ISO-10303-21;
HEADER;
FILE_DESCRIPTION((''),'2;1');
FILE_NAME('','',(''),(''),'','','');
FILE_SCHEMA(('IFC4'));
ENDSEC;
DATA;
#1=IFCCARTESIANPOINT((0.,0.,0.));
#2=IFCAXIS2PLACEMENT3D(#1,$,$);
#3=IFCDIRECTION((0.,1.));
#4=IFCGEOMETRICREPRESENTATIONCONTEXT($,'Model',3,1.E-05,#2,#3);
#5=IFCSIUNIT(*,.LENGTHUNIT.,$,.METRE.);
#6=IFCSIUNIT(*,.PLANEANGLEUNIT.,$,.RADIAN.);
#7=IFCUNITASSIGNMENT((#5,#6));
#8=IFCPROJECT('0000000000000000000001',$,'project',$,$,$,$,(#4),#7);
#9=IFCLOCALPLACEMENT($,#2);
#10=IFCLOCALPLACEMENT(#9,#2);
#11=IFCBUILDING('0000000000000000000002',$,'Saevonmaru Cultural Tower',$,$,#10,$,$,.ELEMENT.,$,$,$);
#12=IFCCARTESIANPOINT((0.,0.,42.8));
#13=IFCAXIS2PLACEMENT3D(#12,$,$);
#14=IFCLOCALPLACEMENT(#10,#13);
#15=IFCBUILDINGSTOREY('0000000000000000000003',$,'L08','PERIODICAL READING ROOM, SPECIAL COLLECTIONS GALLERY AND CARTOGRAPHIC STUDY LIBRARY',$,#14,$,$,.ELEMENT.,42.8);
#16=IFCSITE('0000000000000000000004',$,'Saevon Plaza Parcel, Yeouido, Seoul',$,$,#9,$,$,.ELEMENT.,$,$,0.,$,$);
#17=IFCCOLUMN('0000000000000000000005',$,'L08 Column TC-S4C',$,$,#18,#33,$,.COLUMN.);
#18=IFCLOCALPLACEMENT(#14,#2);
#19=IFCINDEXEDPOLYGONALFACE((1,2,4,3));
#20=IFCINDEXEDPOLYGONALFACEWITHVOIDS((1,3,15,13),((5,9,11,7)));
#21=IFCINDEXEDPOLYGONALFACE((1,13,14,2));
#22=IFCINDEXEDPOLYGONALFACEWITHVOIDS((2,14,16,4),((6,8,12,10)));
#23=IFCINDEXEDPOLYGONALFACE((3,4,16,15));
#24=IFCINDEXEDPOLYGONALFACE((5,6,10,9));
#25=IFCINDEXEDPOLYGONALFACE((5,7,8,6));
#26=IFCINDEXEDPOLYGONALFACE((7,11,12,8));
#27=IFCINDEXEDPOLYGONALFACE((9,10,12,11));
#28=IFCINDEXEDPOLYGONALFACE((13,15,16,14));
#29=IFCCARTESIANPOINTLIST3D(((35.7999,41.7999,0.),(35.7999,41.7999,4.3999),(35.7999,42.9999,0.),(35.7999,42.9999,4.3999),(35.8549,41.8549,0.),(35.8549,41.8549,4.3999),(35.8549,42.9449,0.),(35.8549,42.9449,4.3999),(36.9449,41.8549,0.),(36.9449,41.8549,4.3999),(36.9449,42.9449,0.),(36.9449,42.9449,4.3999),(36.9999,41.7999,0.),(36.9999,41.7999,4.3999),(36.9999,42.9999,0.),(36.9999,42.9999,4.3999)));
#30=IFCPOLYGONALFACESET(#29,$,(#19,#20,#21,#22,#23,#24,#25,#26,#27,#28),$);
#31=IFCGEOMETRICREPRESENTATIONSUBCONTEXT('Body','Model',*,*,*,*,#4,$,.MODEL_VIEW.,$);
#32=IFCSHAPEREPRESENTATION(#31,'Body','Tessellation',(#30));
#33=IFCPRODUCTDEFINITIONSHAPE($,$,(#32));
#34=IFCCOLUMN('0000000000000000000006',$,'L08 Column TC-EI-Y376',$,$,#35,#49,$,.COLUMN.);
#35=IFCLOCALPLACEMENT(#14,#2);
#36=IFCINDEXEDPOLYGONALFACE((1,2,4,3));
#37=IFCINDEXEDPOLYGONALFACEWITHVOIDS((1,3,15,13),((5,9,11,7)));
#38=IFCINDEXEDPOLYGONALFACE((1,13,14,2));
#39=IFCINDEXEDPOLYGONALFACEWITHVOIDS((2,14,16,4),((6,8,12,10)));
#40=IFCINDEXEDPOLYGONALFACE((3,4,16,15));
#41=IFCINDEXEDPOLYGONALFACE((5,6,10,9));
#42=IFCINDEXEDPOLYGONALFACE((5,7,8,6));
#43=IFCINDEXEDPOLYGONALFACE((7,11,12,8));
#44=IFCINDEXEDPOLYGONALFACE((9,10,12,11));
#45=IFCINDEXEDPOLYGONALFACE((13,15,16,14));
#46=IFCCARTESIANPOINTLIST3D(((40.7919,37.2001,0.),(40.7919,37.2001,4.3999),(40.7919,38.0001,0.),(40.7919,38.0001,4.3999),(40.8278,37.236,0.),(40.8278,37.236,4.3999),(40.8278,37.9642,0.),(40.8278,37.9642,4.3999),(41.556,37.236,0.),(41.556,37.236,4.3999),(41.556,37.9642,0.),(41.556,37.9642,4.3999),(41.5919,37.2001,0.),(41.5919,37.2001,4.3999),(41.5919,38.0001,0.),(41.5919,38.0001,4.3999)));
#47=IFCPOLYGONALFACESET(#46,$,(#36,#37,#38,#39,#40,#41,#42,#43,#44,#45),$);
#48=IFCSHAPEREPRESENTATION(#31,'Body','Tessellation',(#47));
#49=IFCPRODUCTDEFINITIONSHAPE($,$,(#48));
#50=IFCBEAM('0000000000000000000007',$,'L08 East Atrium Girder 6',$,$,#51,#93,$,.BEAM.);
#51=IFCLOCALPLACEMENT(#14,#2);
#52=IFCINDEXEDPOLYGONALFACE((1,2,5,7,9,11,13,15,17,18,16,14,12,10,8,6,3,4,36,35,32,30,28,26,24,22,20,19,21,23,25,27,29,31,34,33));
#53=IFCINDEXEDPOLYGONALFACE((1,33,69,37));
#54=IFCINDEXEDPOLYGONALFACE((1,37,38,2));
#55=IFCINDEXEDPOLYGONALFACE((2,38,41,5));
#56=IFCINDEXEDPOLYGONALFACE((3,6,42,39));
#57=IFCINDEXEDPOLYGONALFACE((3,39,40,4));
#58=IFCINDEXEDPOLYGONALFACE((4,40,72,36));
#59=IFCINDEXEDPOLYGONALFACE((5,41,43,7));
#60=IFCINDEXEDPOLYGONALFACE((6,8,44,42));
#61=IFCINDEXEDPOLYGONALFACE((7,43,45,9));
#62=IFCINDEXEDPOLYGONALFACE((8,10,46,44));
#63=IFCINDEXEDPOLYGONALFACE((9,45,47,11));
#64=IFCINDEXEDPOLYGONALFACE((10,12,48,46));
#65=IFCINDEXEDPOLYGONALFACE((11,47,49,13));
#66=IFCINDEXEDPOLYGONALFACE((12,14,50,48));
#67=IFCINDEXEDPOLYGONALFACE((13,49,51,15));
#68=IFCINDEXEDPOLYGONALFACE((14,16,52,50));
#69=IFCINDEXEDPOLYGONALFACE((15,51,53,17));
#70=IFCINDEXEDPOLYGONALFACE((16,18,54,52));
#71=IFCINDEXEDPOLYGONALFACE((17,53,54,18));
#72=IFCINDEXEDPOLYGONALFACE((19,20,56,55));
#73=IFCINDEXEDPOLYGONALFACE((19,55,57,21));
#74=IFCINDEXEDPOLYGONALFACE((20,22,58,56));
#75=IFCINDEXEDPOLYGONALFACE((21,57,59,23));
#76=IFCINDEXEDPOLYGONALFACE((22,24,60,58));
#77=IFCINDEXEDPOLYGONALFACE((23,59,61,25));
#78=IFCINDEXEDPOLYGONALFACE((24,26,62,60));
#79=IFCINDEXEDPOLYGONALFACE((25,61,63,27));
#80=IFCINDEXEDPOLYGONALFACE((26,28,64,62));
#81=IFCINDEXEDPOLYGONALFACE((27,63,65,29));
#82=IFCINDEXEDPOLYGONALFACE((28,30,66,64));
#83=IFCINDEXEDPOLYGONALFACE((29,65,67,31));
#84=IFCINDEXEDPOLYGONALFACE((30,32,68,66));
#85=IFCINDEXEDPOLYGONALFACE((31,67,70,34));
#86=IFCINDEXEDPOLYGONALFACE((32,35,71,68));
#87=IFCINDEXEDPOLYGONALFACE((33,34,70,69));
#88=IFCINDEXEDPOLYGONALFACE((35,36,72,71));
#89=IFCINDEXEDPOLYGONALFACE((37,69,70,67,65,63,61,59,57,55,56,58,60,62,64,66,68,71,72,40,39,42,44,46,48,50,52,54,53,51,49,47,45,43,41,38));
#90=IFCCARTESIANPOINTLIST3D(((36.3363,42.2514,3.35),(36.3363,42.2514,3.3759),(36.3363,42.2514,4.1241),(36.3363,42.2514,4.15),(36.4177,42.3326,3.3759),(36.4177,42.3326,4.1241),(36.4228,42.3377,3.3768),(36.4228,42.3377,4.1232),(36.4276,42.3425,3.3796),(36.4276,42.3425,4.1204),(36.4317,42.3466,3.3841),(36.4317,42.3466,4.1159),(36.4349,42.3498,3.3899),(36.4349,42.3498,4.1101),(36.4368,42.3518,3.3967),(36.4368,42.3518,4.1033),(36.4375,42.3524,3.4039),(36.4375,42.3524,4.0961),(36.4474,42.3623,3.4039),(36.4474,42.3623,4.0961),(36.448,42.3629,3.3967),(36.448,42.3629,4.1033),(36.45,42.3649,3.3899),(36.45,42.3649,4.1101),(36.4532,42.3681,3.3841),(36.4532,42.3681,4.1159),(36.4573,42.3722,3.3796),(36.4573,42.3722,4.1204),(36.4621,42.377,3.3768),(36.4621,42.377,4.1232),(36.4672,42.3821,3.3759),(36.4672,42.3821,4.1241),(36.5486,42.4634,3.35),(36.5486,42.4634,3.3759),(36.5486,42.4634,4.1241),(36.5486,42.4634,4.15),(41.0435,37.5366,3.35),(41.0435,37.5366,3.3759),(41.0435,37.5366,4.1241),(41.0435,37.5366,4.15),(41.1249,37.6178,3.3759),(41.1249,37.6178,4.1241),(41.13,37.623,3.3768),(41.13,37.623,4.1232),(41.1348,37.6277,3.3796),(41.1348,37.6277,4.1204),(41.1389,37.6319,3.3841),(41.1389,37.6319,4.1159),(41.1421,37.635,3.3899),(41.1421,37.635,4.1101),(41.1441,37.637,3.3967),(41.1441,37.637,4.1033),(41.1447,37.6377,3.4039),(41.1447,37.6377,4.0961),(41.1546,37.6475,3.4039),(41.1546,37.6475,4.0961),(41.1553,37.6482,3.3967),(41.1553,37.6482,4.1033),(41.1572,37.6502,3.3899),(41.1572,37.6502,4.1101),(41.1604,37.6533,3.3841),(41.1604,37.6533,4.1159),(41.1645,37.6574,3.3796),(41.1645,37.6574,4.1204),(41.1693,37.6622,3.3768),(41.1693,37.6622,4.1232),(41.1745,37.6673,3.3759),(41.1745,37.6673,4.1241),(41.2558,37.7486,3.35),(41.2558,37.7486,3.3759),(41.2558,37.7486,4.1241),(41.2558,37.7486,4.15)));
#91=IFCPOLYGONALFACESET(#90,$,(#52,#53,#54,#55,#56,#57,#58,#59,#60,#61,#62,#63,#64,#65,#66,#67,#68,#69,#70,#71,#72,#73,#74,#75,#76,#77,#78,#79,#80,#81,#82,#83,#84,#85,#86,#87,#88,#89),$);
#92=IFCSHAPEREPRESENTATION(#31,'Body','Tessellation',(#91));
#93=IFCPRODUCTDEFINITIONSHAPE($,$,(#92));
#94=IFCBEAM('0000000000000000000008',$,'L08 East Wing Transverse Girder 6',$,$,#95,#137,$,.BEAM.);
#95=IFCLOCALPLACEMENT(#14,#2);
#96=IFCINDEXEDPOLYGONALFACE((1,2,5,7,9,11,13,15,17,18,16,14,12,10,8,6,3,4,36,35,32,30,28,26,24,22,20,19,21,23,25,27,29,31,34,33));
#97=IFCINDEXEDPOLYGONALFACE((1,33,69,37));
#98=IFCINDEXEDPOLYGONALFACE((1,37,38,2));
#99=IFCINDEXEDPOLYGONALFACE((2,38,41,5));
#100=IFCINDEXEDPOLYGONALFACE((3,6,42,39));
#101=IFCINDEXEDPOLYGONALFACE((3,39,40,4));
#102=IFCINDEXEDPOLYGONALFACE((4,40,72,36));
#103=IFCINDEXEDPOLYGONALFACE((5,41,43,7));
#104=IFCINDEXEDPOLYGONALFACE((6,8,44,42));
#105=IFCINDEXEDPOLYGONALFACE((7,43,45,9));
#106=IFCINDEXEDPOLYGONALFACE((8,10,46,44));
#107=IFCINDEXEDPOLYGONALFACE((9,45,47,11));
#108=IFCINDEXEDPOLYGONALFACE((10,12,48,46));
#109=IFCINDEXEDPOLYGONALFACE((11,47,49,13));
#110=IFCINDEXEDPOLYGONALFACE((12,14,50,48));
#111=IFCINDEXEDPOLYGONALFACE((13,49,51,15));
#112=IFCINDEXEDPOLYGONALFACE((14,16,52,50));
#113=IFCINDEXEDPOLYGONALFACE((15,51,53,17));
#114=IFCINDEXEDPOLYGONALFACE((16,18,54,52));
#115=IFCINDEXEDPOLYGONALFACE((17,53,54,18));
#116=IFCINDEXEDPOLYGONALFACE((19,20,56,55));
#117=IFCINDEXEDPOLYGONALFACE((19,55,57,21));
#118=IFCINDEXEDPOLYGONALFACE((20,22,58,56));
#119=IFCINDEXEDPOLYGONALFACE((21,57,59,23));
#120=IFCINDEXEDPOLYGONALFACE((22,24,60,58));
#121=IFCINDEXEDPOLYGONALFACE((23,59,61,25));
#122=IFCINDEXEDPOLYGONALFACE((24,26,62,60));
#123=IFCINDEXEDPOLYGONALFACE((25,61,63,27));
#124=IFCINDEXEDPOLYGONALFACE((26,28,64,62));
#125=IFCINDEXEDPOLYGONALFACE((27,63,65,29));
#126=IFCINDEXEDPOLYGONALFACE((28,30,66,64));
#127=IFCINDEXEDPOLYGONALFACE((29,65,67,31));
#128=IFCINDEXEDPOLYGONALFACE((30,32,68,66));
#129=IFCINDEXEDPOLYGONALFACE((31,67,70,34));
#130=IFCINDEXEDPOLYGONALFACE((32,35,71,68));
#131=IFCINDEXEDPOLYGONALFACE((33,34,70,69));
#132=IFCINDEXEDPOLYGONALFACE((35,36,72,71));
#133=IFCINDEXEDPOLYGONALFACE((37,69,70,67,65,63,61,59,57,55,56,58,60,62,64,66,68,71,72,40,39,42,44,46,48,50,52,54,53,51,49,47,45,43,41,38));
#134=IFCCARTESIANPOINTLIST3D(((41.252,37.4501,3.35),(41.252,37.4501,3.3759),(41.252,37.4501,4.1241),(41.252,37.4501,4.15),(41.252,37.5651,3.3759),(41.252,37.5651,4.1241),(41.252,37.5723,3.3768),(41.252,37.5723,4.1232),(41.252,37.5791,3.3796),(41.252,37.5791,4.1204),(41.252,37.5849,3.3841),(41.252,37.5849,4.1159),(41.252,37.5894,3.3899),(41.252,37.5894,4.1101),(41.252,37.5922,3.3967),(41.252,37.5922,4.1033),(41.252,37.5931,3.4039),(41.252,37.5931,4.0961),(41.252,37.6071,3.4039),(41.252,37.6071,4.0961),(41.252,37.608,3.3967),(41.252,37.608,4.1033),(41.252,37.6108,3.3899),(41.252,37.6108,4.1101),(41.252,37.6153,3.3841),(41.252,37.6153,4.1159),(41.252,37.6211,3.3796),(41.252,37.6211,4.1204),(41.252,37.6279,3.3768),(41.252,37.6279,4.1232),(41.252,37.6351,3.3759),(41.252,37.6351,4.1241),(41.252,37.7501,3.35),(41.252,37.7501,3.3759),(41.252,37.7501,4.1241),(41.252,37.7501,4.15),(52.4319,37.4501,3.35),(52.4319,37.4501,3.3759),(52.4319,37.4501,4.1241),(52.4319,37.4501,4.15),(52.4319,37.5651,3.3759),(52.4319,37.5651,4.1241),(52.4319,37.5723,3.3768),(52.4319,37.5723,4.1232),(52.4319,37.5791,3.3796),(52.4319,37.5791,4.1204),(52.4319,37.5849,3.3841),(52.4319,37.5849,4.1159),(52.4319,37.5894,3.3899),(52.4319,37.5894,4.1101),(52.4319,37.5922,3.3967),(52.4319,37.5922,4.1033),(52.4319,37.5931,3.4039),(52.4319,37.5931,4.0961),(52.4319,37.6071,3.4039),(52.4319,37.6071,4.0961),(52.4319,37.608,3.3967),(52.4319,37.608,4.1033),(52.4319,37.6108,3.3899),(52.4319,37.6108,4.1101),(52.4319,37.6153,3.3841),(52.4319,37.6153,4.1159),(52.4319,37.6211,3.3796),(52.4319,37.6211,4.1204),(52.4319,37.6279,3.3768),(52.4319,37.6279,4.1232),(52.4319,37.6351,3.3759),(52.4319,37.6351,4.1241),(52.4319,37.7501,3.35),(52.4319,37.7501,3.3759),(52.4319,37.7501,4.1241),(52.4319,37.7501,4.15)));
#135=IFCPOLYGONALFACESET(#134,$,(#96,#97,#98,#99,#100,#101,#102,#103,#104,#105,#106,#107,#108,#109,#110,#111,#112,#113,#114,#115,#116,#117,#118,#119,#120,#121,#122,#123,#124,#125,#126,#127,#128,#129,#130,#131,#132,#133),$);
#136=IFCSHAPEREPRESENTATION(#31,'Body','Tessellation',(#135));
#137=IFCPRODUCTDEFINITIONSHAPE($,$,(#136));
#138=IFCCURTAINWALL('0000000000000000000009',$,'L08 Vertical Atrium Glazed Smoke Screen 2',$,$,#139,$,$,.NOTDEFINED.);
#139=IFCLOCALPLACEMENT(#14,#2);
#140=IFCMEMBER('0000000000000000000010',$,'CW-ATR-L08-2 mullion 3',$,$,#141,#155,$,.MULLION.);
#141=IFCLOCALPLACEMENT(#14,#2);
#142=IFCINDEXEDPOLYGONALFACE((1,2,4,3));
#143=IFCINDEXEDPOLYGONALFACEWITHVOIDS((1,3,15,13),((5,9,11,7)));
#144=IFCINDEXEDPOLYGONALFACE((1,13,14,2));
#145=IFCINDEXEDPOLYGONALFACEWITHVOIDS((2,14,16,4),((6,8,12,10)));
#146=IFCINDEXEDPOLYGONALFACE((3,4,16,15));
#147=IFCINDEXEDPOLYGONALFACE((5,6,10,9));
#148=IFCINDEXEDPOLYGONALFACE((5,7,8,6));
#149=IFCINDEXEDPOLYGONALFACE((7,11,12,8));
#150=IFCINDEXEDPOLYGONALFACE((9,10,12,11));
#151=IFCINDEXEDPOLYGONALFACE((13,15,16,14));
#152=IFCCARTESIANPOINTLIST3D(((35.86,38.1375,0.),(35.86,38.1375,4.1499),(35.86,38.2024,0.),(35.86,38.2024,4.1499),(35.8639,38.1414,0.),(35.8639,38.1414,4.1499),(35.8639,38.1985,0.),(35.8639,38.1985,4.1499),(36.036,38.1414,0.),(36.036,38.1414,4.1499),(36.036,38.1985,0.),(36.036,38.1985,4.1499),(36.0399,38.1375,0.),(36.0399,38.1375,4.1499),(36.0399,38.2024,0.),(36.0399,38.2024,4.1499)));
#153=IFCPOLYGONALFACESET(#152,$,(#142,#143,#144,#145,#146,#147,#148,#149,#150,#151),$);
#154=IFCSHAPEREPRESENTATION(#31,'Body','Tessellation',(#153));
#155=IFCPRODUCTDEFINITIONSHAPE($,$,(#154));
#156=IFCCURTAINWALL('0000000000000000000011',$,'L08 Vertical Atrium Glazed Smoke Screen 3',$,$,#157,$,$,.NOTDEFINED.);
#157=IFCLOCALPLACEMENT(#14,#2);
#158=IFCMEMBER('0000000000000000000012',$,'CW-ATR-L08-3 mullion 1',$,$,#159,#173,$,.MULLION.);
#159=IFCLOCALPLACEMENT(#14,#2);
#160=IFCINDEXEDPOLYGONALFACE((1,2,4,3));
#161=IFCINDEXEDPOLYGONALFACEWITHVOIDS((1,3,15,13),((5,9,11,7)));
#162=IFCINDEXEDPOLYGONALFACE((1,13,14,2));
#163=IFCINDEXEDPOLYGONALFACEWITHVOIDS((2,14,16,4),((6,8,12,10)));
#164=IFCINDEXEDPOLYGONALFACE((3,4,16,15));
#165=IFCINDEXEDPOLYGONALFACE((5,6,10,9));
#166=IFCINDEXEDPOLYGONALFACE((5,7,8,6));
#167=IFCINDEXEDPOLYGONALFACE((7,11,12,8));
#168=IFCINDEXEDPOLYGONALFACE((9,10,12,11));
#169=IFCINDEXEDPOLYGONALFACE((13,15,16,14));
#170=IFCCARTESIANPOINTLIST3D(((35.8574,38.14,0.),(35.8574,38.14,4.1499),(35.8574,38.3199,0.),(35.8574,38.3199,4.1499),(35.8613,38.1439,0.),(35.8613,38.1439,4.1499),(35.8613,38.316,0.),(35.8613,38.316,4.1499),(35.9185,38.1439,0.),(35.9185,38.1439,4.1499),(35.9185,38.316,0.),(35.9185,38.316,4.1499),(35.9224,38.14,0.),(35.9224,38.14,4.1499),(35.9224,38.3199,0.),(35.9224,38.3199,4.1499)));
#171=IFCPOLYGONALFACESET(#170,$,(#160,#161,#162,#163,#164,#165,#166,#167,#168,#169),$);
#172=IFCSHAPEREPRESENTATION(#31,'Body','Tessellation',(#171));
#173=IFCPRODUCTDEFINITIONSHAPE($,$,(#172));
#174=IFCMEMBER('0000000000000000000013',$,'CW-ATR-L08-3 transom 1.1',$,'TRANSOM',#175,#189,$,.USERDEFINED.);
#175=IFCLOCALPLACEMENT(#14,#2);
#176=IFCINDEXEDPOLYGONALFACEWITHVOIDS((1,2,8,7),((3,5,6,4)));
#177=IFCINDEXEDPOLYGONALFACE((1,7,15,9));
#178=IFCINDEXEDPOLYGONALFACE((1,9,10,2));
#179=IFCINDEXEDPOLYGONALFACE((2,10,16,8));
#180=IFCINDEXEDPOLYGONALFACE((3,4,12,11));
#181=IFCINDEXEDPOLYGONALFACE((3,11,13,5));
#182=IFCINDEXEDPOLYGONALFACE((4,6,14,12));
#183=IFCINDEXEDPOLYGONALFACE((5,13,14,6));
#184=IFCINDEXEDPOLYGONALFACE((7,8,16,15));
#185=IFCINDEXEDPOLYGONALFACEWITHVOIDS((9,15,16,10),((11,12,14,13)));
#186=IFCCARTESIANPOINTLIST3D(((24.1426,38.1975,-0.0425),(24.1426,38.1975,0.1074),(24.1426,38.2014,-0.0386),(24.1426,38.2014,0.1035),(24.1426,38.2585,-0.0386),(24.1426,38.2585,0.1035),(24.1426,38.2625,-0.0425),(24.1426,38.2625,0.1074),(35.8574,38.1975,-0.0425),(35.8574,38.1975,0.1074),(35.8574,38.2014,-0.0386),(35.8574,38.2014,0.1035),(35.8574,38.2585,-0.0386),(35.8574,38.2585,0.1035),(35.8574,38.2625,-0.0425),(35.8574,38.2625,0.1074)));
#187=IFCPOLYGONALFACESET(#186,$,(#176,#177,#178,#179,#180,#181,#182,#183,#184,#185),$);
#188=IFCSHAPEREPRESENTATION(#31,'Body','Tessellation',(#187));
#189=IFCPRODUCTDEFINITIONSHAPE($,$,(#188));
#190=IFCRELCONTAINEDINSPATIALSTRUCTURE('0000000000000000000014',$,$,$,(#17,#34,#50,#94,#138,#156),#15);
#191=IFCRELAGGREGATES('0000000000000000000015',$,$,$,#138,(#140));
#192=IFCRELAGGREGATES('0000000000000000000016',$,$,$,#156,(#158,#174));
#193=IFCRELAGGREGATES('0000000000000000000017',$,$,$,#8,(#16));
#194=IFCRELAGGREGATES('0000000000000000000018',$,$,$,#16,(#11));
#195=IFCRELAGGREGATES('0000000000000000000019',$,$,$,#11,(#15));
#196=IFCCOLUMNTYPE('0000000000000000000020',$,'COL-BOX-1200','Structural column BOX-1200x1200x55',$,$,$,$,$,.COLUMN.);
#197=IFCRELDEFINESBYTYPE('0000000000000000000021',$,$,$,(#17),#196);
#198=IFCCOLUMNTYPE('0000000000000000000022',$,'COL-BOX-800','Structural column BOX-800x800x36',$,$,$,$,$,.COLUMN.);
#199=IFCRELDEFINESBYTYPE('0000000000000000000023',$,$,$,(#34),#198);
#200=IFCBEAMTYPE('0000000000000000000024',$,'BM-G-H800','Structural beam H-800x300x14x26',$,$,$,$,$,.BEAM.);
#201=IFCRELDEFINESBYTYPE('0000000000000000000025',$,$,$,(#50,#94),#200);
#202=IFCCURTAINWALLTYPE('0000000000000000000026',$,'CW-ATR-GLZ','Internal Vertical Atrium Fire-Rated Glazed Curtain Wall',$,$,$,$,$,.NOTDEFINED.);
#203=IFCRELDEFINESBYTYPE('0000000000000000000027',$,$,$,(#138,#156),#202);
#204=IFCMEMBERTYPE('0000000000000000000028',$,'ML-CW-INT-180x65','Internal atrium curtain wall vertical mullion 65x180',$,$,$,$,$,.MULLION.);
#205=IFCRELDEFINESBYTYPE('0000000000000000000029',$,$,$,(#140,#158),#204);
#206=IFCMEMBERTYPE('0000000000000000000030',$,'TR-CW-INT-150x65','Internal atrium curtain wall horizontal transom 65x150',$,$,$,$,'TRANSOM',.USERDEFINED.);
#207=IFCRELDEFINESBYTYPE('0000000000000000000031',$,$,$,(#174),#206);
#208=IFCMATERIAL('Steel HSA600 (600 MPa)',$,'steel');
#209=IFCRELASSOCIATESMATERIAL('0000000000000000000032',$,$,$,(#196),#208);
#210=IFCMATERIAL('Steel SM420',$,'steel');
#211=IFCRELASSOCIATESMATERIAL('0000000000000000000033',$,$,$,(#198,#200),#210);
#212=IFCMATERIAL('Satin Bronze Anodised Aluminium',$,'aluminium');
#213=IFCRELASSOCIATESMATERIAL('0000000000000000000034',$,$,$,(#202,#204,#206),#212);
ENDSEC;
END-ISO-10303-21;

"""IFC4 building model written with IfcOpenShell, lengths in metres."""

from ifc_helpers import new_model, si_unit, direction, frame, origin, origin_2d, place, context, subcontext, project, spatial, hollow_rectangle, i_section, extrude, material, material_profile, profile_set, type_object, element, aggregate, save


model = new_model("IFC4")

# Units and contexts
model_context = context("Model", 3, precision=1e-05, world=origin(), true_north=direction((0.0, 1.0)))
body_context = subcontext(model_context, "Body", "Model", "MODEL_VIEW")
ifc_project = project(units=[si_unit("LENGTHUNIT", "METRE"), si_unit("PLANEANGLEUNIT", "RADIAN")], contexts=[model_context])

# Site, building, storey
site_placement = place(None, origin())
site = spatial("IfcSite", under=ifc_project, at=site_placement, Name="Saevon Plaza Parcel, Yeouido, Seoul", CompositionType="ELEMENT", RefElevation=0.0)
building_placement = place(site_placement, origin())
building = spatial("IfcBuilding", under=site, at=building_placement, Name="Saevonmaru Cultural Tower", CompositionType="ELEMENT")
storey_placement = place(building_placement, frame((0.0, 0.0, 42.8)))
storey = spatial("IfcBuildingStorey", under=building, at=storey_placement, Name="L08", Description="PERIODICAL READING ROOM, SPECIAL COLLECTIONS GALLERY AND CARTOGRAPHIC STUDY LIBRARY", CompositionType="ELEMENT", Elevation=42.8)

# Columns
ifc_material_1 = material(Name="Steel HSA600 (600 MPa)", Category="steel")
ifc_material_profile_1 = material_profile(ifc_material_1, hollow_rectangle(XDim=1.2, YDim=1.2, WallThickness=0.0549, at=origin_2d()), Name="BOX-1200x1200x55")
ifc_profile_set_1 = profile_set([ifc_material_profile_1], Name="Steel HSA600 (600 MPa)")
column_type_1 = type_object("IfcColumnType", Name="COL-BOX-1200", Description="Structural column BOX-1200x1200x55", PredefinedType="COLUMN", material=ifc_profile_set_1)
column_1_placement = place(storey_placement, frame((36.3999, 42.3999, 0.0), z_axis=(0.0, 0.0, 1.0), x_axis=(1.0, 0.0, 0.0)))
element("IfcColumn", 1, at=column_1_placement, inside=storey, type_object=column_type_1, Name="L08 Column TC-S4C", PredefinedType="COLUMN", context=body_context, shape_type="SweptSolid", body=[
    extrude(hollow_rectangle(XDim=1.2, YDim=1.2, WallThickness=0.0549, at=origin_2d()), origin(), (0.0, 0.0, 1.0), 4.3999),
])
ifc_material_2 = material(Name="Steel SM420", Category="steel")
ifc_material_profile_2 = material_profile(ifc_material_2, hollow_rectangle(XDim=0.8, YDim=0.8, WallThickness=0.0359, at=origin_2d()), Name="BOX-800x800x36")
ifc_profile_set_2 = profile_set([ifc_material_profile_2], Name="Steel SM420")
column_type_2 = type_object("IfcColumnType", Name="COL-BOX-800", Description="Structural column BOX-800x800x36", PredefinedType="COLUMN", material=ifc_profile_set_2)
column_2_placement = place(storey_placement, frame((41.1919, 37.6001, 0.0), z_axis=(0.0, 0.0, 1.0), x_axis=(1.0, 0.0, 0.0)))
element("IfcColumn", 2, at=column_2_placement, inside=storey, type_object=column_type_2, Name="L08 Column TC-EI-Y376", PredefinedType="COLUMN", context=body_context, shape_type="SweptSolid", body=[
    extrude(hollow_rectangle(XDim=0.8, YDim=0.8, WallThickness=0.0359, at=origin_2d()), origin(), (0.0, 0.0, 1.0), 4.3999),
])

# Beams
ifc_material_profile_3 = material_profile(ifc_material_2, i_section(OverallWidth=0.3, OverallDepth=0.8, WebThickness=0.0139, FlangeThickness=0.0259, FilletRadius=0.0281, at=origin_2d()), Name="H-800x300x14x26")
ifc_profile_set_3 = profile_set([ifc_material_profile_3], Name="Steel SM420")
beam_type = type_object("IfcBeamType", Name="BM-G-H800", Description="Structural beam H-800x300x14x26", PredefinedType="BEAM", material=ifc_profile_set_3)
beam_1_placement = place(storey_placement, frame((41.1497, 37.6426, 3.75), z_axis=(-0.706539, 0.707675, 0.0), x_axis=(-0.707675, -0.706539, 0.0)))
element("IfcBeam", 3, at=beam_1_placement, inside=storey, type_object=beam_type, Name="L08 East Atrium Girder 6", PredefinedType="BEAM", context=body_context, shape_type="SweptSolid", body=[
    extrude(i_section(OverallWidth=0.3, OverallDepth=0.8, WebThickness=0.0139, FlangeThickness=0.0259, FilletRadius=0.0281, at=origin_2d()), origin(), (0.0, 0.0, 1.0), 6.6624),
])
beam_2_placement = place(storey_placement, frame((41.252, 37.6001, 3.75), z_axis=(1.0, 0.0, 0.0), x_axis=(0.0, 1.0, 0.0)))
element("IfcBeam", 4, at=beam_2_placement, inside=storey, type_object=beam_type, Name="L08 East Wing Transverse Girder 6", PredefinedType="BEAM", context=body_context, shape_type="SweptSolid", body=[
    extrude(i_section(OverallWidth=0.3, OverallDepth=0.8, WebThickness=0.0139, FlangeThickness=0.0259, FilletRadius=0.0281, at=origin_2d()), origin(), (0.0, 0.0, 1.0), 11.1799),
])

# Curtain wall, member
ifc_material_3 = material(Name="Satin Bronze Anodised Aluminium", Category="aluminium")
curtain_wall_type = type_object("IfcCurtainWallType", Name="CW-ATR-GLZ", Description="Internal Vertical Atrium Fire-Rated Glazed Curtain Wall", PredefinedType="NOTDEFINED", material=ifc_material_3)
curtain_wall_1_placement = place(storey_placement, origin())
curtain_wall_1 = element("IfcCurtainWall", 5, at=curtain_wall_1_placement, inside=storey, type_object=curtain_wall_type, Name="L08 Vertical Atrium Glazed Smoke Screen 2", PredefinedType="NOTDEFINED")
ifc_material_profile_4 = material_profile(ifc_material_3, hollow_rectangle(XDim=0.0649, YDim=0.1799, WallThickness=0.0039, at=origin_2d()), Name="ALU-MULL-180x65x4")
ifc_profile_set_4 = profile_set([ifc_material_profile_4], Name="Satin Bronze Anodised Aluminium")
member_type_1 = type_object("IfcMemberType", Name="ML-CW-INT-180x65", Description="Internal atrium curtain wall vertical mullion 65x180", PredefinedType="MULLION", material=ifc_profile_set_4)
member_1_placement = place(storey_placement, frame((35.95, 38.1699, 0.0), z_axis=(0.0, 0.0, 1.0), x_axis=(0.0, 1.0, 0.0)))
member_1 = element("IfcMember", 6, at=member_1_placement, type_object=member_type_1, Name="CW-ATR-L08-2 mullion 3", PredefinedType="MULLION", context=body_context, shape_type="SweptSolid", body=[
    extrude(hollow_rectangle(XDim=0.0649, YDim=0.1799, WallThickness=0.0039, at=origin_2d()), origin(), (0.0, 0.0, 1.0), 4.1499),
])
aggregate(curtain_wall_1, [member_1])

# Curtain wall, members
curtain_wall_2_placement = place(storey_placement, origin())
curtain_wall_2 = element("IfcCurtainWall", 7, at=curtain_wall_2_placement, inside=storey, type_object=curtain_wall_type, Name="L08 Vertical Atrium Glazed Smoke Screen 3", PredefinedType="NOTDEFINED")
member_2_placement = place(storey_placement, frame((35.8899, 38.23, 0.0), z_axis=(0.0, 0.0, 1.0), x_axis=(-1.0, 0.0, 0.0)))
member_2 = element("IfcMember", 8, at=member_2_placement, type_object=member_type_1, Name="CW-ATR-L08-3 mullion 1", PredefinedType="MULLION", context=body_context, shape_type="SweptSolid", body=[
    extrude(hollow_rectangle(XDim=0.0649, YDim=0.1799, WallThickness=0.0039, at=origin_2d()), origin(), (0.0, 0.0, 1.0), 4.1499),
])
ifc_material_profile_5 = material_profile(ifc_material_3, hollow_rectangle(XDim=0.0649, YDim=0.1499, WallThickness=0.0039, at=origin_2d()), Name="ALU-TRAN-150x65x4")
ifc_profile_set_5 = profile_set([ifc_material_profile_5], Name="Satin Bronze Anodised Aluminium")
member_type_2 = type_object("IfcMemberType", Name="TR-CW-INT-150x65", Description="Internal atrium curtain wall horizontal transom 65x150", ElementType="TRANSOM", PredefinedType="USERDEFINED", material=ifc_profile_set_5)
member_3_placement = place(storey_placement, frame((35.8574, 38.23, 0.0325), z_axis=(-1.0, 0.0, 0.0), x_axis=(0.0, -1.0, 0.0)))
member_3 = element("IfcMember", 9, at=member_3_placement, type_object=member_type_2, Name="CW-ATR-L08-3 transom 1.1", ObjectType="TRANSOM", PredefinedType="USERDEFINED", context=body_context, shape_type="SweptSolid", body=[
    extrude(hollow_rectangle(XDim=0.0649, YDim=0.1499, WallThickness=0.0039, at=origin_2d()), origin(), (0.0, 0.0, 1.0), 11.7148),
])
aggregate(curtain_wall_2, [member_2, member_3])

save(model, "model.ifc")
